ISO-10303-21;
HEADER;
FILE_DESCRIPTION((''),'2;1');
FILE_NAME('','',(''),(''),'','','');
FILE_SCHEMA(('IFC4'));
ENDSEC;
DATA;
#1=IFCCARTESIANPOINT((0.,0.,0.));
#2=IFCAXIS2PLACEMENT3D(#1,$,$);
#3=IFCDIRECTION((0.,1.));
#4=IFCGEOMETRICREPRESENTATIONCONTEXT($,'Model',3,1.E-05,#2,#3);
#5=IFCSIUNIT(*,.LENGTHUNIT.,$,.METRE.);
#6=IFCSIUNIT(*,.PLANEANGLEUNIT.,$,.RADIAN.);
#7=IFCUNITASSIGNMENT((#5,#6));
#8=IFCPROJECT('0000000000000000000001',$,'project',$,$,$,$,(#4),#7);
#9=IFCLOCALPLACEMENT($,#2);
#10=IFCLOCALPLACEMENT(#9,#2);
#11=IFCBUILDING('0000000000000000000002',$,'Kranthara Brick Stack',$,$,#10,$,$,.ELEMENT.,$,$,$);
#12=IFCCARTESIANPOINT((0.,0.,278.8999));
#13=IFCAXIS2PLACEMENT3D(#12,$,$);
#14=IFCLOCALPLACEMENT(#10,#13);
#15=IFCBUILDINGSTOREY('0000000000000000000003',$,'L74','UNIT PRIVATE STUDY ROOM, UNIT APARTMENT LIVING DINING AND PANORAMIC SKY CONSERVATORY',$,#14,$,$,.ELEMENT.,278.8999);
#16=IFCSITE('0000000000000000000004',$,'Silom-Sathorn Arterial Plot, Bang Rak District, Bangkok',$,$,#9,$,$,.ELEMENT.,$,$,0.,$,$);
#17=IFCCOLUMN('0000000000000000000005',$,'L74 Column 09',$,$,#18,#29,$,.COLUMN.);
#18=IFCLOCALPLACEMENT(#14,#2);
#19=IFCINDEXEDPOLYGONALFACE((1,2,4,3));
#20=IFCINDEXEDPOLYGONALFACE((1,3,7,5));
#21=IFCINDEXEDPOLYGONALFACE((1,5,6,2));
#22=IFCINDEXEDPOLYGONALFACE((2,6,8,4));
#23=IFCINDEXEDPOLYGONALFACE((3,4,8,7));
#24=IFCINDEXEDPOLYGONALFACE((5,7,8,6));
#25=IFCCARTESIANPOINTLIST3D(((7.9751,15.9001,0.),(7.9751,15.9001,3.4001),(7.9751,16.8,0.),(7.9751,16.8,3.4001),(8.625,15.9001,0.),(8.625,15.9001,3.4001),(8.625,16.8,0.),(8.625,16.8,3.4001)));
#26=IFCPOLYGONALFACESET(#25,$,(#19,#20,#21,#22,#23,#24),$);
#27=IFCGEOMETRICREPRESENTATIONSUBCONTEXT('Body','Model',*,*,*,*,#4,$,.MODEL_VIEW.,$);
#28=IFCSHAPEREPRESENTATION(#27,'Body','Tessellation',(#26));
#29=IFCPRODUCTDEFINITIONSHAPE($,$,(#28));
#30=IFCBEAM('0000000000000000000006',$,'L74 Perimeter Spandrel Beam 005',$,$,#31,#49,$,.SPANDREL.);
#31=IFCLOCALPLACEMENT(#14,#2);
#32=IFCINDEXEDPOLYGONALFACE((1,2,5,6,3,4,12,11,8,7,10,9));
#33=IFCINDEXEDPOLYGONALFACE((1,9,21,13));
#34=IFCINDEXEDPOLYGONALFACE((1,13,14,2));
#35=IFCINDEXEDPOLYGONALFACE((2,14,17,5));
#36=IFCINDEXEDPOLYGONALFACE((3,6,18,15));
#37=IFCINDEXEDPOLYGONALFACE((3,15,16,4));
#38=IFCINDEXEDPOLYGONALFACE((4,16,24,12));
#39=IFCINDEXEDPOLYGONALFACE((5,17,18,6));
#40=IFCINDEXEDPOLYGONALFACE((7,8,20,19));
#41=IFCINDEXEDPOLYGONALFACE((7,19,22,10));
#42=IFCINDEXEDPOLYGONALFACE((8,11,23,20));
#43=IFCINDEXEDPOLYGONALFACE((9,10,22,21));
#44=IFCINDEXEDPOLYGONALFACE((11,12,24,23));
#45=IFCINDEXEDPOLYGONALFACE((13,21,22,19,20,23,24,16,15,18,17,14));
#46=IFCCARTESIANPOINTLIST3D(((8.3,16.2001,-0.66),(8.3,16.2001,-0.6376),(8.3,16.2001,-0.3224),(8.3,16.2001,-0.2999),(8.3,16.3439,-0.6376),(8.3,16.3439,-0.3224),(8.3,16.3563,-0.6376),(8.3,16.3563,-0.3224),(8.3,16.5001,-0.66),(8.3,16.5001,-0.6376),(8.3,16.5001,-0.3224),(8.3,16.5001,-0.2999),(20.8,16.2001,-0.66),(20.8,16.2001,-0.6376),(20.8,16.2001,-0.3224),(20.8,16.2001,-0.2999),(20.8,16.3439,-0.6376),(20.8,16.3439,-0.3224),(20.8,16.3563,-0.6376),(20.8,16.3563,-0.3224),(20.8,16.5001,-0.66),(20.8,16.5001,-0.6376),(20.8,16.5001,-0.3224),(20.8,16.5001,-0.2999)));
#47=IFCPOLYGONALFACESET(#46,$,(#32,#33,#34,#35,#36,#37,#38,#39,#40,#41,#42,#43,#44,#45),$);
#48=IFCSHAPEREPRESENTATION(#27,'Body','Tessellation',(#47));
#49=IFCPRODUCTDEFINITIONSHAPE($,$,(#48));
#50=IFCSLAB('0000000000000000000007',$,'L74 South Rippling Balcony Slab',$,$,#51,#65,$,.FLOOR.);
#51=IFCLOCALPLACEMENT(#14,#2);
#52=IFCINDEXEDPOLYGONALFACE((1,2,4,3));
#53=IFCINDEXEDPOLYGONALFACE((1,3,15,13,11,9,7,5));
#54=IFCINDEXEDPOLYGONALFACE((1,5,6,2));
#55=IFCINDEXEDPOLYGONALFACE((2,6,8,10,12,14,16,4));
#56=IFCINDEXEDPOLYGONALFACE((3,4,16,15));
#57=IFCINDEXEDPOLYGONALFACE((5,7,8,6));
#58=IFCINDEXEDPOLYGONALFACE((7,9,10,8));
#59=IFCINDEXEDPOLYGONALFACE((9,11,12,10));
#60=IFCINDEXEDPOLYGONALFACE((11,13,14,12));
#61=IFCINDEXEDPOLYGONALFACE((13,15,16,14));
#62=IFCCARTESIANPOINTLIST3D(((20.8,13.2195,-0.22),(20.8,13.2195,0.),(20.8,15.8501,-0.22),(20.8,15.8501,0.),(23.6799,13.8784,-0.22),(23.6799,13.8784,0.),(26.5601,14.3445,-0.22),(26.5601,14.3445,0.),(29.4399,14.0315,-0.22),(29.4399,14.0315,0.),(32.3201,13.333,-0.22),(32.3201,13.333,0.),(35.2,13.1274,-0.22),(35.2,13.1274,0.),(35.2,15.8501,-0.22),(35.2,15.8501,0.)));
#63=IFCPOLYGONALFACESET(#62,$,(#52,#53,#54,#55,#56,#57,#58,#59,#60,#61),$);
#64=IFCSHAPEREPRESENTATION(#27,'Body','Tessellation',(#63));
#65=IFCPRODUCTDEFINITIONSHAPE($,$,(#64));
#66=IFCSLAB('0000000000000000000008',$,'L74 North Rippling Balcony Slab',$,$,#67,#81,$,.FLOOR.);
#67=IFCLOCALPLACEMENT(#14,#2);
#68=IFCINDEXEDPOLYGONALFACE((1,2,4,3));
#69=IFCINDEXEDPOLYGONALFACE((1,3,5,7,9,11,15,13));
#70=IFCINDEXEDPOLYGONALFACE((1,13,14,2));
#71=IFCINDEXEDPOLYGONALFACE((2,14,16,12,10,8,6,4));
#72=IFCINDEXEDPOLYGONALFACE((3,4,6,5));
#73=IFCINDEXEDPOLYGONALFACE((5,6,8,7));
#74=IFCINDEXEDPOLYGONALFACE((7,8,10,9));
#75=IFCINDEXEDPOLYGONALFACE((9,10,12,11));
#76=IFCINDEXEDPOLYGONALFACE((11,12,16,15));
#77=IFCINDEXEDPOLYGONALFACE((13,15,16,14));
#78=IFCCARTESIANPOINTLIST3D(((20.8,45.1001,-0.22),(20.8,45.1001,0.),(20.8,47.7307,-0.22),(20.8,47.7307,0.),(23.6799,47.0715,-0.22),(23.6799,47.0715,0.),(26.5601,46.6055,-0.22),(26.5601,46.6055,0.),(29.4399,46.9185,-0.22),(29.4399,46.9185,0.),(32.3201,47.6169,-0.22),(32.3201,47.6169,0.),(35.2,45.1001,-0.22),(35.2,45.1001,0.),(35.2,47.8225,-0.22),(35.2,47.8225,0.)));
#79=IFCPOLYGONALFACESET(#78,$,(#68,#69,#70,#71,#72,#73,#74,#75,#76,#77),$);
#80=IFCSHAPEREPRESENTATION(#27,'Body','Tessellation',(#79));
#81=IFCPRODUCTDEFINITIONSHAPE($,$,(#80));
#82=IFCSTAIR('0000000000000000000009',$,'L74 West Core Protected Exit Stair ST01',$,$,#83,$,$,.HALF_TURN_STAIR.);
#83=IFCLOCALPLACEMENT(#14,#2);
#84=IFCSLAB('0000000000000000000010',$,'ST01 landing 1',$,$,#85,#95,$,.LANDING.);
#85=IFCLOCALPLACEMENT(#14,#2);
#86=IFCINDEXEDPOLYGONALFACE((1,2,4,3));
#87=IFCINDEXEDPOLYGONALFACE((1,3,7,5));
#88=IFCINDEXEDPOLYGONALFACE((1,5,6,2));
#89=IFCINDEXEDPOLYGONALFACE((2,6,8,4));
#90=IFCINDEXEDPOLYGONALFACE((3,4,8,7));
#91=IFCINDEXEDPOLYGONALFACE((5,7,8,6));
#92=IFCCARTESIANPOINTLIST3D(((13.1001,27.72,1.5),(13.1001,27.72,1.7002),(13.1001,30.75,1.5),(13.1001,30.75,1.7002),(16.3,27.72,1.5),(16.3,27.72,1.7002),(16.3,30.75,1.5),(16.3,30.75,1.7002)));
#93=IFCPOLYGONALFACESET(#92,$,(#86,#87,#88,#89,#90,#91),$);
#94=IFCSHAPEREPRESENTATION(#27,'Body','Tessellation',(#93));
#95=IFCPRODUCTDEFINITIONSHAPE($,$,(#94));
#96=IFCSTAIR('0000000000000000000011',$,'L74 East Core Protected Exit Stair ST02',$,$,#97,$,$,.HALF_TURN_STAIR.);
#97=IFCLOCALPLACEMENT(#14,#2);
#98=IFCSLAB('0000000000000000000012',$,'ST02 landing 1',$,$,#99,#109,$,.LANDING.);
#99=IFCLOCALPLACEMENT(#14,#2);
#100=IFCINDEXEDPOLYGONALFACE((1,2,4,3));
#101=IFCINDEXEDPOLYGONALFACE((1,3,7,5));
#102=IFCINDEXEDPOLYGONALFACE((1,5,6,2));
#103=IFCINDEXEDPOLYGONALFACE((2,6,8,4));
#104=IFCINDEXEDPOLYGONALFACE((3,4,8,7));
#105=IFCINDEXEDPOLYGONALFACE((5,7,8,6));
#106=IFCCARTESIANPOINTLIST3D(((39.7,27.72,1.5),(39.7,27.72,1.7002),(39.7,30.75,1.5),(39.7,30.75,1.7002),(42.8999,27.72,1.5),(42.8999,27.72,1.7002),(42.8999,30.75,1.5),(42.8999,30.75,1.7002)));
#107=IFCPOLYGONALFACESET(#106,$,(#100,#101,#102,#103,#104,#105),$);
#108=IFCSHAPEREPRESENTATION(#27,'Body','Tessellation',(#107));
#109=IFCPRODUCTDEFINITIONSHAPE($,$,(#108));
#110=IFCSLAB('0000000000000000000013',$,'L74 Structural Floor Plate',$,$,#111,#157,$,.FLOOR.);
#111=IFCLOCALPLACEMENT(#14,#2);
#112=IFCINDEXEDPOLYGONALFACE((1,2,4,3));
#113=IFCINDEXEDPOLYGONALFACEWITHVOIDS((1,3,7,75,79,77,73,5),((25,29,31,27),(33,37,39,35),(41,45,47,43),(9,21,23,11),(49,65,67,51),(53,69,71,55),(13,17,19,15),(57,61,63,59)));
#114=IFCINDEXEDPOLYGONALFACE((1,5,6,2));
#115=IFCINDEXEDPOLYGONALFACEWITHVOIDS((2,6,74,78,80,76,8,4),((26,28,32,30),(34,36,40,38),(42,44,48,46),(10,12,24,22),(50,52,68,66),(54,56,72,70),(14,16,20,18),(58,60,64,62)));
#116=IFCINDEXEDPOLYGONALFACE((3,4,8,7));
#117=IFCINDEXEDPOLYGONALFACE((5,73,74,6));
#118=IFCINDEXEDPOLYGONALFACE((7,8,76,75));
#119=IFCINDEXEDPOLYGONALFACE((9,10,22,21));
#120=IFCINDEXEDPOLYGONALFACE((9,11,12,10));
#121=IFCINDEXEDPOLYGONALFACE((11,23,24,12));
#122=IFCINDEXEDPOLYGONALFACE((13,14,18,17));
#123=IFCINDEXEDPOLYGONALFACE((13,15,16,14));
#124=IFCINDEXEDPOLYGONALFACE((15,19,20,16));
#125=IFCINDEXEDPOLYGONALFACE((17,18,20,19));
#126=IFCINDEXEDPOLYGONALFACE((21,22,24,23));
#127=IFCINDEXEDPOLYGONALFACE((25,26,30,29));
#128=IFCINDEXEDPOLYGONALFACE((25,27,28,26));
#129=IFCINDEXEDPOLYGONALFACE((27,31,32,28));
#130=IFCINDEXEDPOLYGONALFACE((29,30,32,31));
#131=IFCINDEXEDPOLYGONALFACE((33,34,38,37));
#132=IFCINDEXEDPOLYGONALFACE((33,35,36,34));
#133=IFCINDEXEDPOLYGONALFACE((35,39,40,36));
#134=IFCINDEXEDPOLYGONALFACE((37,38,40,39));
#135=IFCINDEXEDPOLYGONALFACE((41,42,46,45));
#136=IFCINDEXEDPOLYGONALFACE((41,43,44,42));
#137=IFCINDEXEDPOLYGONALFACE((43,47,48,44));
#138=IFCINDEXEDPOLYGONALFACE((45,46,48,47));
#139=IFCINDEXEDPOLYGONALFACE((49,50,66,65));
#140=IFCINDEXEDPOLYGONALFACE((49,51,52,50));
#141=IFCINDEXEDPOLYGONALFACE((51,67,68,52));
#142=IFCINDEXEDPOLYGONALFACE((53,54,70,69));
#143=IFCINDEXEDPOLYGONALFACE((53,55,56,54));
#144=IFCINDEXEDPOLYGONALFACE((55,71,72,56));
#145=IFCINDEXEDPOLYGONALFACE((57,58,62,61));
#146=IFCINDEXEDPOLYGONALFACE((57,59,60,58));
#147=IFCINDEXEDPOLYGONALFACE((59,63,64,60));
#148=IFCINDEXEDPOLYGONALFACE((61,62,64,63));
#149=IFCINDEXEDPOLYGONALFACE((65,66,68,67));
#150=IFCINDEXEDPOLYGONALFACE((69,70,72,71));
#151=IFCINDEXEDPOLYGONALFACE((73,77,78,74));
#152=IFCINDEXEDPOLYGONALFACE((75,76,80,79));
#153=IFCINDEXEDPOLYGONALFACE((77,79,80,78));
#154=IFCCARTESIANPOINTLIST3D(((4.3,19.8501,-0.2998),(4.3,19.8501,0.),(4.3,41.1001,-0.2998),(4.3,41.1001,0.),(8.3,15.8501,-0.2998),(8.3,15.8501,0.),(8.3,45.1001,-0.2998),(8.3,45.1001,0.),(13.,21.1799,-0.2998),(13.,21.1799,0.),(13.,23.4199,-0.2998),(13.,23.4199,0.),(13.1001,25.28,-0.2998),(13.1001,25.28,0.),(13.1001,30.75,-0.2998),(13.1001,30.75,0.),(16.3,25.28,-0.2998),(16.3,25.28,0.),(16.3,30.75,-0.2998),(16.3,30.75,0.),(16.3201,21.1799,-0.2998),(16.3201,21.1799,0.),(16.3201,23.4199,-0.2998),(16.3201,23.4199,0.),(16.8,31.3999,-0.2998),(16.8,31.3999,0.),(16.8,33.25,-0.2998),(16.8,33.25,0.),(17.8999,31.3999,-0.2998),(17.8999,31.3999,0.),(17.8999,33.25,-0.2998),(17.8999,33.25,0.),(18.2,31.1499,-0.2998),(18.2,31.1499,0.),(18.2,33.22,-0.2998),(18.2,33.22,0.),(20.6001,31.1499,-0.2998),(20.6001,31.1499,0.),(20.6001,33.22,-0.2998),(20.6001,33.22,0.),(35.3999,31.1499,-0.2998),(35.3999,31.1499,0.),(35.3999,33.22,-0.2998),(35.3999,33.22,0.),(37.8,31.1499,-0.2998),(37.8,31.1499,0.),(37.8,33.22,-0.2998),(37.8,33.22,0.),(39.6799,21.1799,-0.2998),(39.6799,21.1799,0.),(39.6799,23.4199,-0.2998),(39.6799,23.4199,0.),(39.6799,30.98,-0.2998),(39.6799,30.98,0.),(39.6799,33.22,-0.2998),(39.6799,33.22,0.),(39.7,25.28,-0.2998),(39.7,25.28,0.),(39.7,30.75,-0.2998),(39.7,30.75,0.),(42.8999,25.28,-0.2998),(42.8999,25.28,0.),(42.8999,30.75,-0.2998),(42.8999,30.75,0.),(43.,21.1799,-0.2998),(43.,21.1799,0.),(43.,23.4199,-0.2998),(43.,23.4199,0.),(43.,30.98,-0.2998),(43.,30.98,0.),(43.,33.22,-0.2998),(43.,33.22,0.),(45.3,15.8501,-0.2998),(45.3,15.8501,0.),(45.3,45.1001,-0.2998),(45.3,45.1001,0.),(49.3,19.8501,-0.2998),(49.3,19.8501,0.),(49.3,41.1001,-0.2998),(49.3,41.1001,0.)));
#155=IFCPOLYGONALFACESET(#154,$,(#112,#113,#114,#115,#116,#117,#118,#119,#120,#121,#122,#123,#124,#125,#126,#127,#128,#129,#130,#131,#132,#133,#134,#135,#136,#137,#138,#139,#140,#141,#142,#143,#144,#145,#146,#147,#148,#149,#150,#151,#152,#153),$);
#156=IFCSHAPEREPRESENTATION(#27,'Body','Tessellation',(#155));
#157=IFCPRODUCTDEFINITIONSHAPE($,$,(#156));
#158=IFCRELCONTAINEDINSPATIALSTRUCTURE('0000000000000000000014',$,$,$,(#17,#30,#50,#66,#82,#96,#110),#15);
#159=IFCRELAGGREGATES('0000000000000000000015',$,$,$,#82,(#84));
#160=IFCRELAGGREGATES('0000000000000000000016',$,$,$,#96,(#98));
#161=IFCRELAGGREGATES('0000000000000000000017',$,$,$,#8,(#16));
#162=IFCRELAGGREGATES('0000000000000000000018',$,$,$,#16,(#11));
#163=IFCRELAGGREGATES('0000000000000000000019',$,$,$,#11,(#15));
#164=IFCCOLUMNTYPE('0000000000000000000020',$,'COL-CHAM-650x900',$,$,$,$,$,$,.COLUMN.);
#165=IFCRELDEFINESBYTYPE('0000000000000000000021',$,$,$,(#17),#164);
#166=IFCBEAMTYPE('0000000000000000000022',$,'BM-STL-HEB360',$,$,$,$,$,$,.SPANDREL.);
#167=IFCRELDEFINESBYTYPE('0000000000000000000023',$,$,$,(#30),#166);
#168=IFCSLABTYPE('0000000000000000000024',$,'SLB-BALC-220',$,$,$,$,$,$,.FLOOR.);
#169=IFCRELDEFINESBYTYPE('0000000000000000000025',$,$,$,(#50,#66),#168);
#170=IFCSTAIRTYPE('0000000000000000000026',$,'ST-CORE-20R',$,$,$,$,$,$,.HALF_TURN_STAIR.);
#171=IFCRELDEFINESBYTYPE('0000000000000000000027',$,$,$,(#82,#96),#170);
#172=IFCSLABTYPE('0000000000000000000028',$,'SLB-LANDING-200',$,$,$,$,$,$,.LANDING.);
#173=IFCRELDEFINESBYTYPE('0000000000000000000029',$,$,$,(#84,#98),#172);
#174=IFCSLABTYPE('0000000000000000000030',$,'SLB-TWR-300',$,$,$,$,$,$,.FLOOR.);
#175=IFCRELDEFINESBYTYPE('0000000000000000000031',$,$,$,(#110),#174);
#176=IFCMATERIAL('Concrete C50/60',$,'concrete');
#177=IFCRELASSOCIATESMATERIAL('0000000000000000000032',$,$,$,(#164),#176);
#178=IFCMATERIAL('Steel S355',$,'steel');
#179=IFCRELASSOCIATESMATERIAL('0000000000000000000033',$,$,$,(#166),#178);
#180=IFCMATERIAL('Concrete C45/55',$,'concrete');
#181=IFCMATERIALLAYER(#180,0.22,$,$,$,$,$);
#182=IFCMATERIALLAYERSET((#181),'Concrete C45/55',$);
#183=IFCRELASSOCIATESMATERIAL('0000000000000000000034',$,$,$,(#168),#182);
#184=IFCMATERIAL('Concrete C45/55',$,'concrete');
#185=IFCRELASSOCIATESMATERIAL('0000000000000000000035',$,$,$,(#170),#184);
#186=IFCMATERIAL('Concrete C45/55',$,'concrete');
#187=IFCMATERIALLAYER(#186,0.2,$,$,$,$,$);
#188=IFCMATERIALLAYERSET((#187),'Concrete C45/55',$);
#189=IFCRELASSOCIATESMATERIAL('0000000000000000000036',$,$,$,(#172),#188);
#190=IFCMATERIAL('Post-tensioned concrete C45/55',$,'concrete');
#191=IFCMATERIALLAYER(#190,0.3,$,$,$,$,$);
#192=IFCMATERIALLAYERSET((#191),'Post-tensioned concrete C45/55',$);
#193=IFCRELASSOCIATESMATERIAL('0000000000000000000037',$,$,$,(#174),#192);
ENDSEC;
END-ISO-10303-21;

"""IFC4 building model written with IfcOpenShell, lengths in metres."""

from ifc_helpers import new_model, si_unit, direction, frame, origin, origin_2d, place, context, subcontext, project, spatial, polyline, rectangle, i_section, outline, extrude, material, layer, layer_set, material_profile, profile_set, type_object, element, aggregate, save


model = new_model("IFC4")

# Units and contexts
model_context = context("Model", 3, precision=1e-05, world=origin(), true_north=direction((0.0, 1.0)))
body_context = subcontext(model_context, "Body", "Model", "MODEL_VIEW")
ifc_project = project(units=[si_unit("LENGTHUNIT", "METRE"), si_unit("PLANEANGLEUNIT", "RADIAN")], contexts=[model_context])

# Site, building, storey
site_placement = place(None, origin())
site = spatial("IfcSite", under=ifc_project, at=site_placement, Name="Silom-Sathorn Arterial Plot, Bang Rak District, Bangkok", CompositionType="ELEMENT", RefElevation=0.0)
building_placement = place(site_placement, origin())
building = spatial("IfcBuilding", under=site, at=building_placement, Name="Kranthara Brick Stack", CompositionType="ELEMENT")
storey_placement = place(building_placement, frame((0.0, 0.0, 278.8999)))
storey = spatial("IfcBuildingStorey", under=building, at=storey_placement, Name="L74", Description="UNIT PRIVATE STUDY ROOM, UNIT APARTMENT LIVING DINING AND PANORAMIC SKY CONSERVATORY", CompositionType="ELEMENT", Elevation=278.8999)

# Column
ifc_material_1 = material(Name="Concrete C50/60", Category="concrete")
ifc_material_profile_1 = material_profile(ifc_material_1, rectangle(XDim=0.6499, YDim=0.8999, at=origin_2d()), Name="RC 650x900")
ifc_profile_set_1 = profile_set([ifc_material_profile_1], Name="Concrete C50/60")
column_type = type_object("IfcColumnType", Name="COL-CHAM-650x900", PredefinedType="COLUMN", material=ifc_profile_set_1)
column_placement = place(storey_placement, frame((8.3, 16.3501, 0.0), z_axis=(0.0, 0.0, 1.0), x_axis=(1.0, 0.0, 0.0)))
element("IfcColumn", 1, at=column_placement, inside=storey, type_object=column_type, Name="L74 Column 09", PredefinedType="COLUMN", context=body_context, shape_type="SweptSolid", body=[
    extrude(rectangle(XDim=0.6499, YDim=0.8999, at=origin_2d()), origin(), (0.0, 0.0, 1.0), 3.4001),
])

# Beam
ifc_material_2 = material(Name="Steel S355", Category="steel")
ifc_material_profile_2 = material_profile(ifc_material_2, i_section(OverallWidth=0.3, OverallDepth=0.3601, WebThickness=0.0125, FlangeThickness=0.0225, at=origin_2d()), Name="HEB 360")
ifc_profile_set_2 = profile_set([ifc_material_profile_2], Name="Steel S355")
beam_type = type_object("IfcBeamType", Name="BM-STL-HEB360", PredefinedType="SPANDREL", material=ifc_profile_set_2)
beam_placement = place(storey_placement, frame((8.3, 16.3501, -0.48), z_axis=(1.0, 0.0, 0.0), x_axis=(0.0, 1.0, 0.0)))
element("IfcBeam", 2, at=beam_placement, inside=storey, type_object=beam_type, Name="L74 Perimeter Spandrel Beam 005", PredefinedType="SPANDREL", context=body_context, shape_type="SweptSolid", body=[
    extrude(i_section(OverallWidth=0.3, OverallDepth=0.3601, WebThickness=0.0125, FlangeThickness=0.0225, at=origin_2d()), origin(), (0.0, 0.0, 1.0), 12.5),
])

# Slabs
ifc_material_3 = material(Name="Concrete C45/55", Category="concrete")
ifc_layer_1 = layer(ifc_material_3, 0.22)
ifc_layer_set_1 = layer_set([ifc_layer_1], Name="Concrete C45/55")
slab_type_1 = type_object("IfcSlabType", Name="SLB-BALC-220", PredefinedType="FLOOR", material=ifc_layer_set_1)
slab_1_placement = place(storey_placement, frame((0.0, 0.0, -0.22)))
element("IfcSlab", 3, at=slab_1_placement, inside=storey, type_object=slab_type_1, Name="L74 South Rippling Balcony Slab", PredefinedType="FLOOR", context=body_context, shape_type="SweptSolid", body=[
    extrude(outline(polyline([(20.8, 15.8501), (35.2, 15.8501), (35.2, 13.1274), (32.3201, 13.333), (29.4399, 14.0315), (26.5601, 14.3445), (23.6799, 13.8784), (20.8, 13.2195), (20.8, 15.8501)])), origin(), (0.0, 0.0, 1.0), 0.22),
])
slab_2_placement = place(storey_placement, frame((0.0, 0.0, -0.22)))
element("IfcSlab", 4, at=slab_2_placement, inside=storey, type_object=slab_type_1, Name="L74 North Rippling Balcony Slab", PredefinedType="FLOOR", context=body_context, shape_type="SweptSolid", body=[
    extrude(outline(polyline([(35.2, 45.1001), (20.8, 45.1001), (20.8, 47.7307), (23.6799, 47.0715), (26.5601, 46.6055), (29.4399, 46.9185), (32.3201, 47.6169), (35.2, 47.8225), (35.2, 45.1001)])), origin(), (0.0, 0.0, 1.0), 0.22),
])

# Stairs, slabs
ifc_material_4 = material(Name="Concrete C45/55", Category="concrete")
stair_type = type_object("IfcStairType", Name="ST-CORE-20R", PredefinedType="HALF_TURN_STAIR", material=ifc_material_4)
stair_1_placement = place(storey_placement, origin())
stair_1 = element("IfcStair", 5, at=stair_1_placement, inside=storey, type_object=stair_type, Name="L74 West Core Protected Exit Stair ST01", PredefinedType="HALF_TURN_STAIR")
ifc_material_5 = material(Name="Concrete C45/55", Category="concrete")
ifc_layer_2 = layer(ifc_material_5, 0.2)
ifc_layer_set_2 = layer_set([ifc_layer_2], Name="Concrete C45/55")
slab_type_2 = type_object("IfcSlabType", Name="SLB-LANDING-200", PredefinedType="LANDING", material=ifc_layer_set_2)
slab_3_placement = place(storey_placement, frame((0.0, 0.0, 1.5)))
slab_3 = element("IfcSlab", 6, at=slab_3_placement, type_object=slab_type_2, Name="ST01 landing 1", PredefinedType="LANDING", context=body_context, shape_type="SweptSolid", body=[
    extrude(outline(polyline([(16.3, 27.72), (16.3, 30.75), (13.1001, 30.75), (13.1001, 27.72), (16.3, 27.72)])), origin(), (0.0, 0.0, 1.0), 0.2002),
])
aggregate(stair_1, [slab_3])
stair_2_placement = place(storey_placement, origin())
stair_2 = element("IfcStair", 7, at=stair_2_placement, inside=storey, type_object=stair_type, Name="L74 East Core Protected Exit Stair ST02", PredefinedType="HALF_TURN_STAIR")
slab_4_placement = place(storey_placement, frame((0.0, 0.0, 1.5)))
slab_4 = element("IfcSlab", 8, at=slab_4_placement, type_object=slab_type_2, Name="ST02 landing 1", PredefinedType="LANDING", context=body_context, shape_type="SweptSolid", body=[
    extrude(outline(polyline([(42.8999, 27.72), (42.8999, 30.75), (39.7, 30.75), (39.7, 27.72), (42.8999, 27.72)])), origin(), (0.0, 0.0, 1.0), 0.2002),
])
aggregate(stair_2, [slab_4])

# Slab
ifc_material_6 = material(Name="Post-tensioned concrete C45/55", Category="concrete")
ifc_layer_3 = layer(ifc_material_6, 0.3)
ifc_layer_set_3 = layer_set([ifc_layer_3], Name="Post-tensioned concrete C45/55")
slab_type_3 = type_object("IfcSlabType", Name="SLB-TWR-300", PredefinedType="FLOOR", material=ifc_layer_set_3)
slab_5_placement = place(storey_placement, frame((0.0, 0.0, -0.2998)))
element("IfcSlab", 9, at=slab_5_placement, inside=storey, type_object=slab_type_3, Name="L74 Structural Floor Plate", PredefinedType="FLOOR", context=body_context, shape_type="SweptSolid", body=[
    extrude(outline(polyline([(8.3, 15.8501), (45.3, 15.8501), (49.3, 19.8501), (49.3, 41.1001), (45.3, 45.1001), (8.3, 45.1001), (4.3, 41.1001), (4.3, 19.8501), (8.3, 15.8501)]), holes=[polyline([(13.1001, 25.28), (16.3, 25.28), (16.3, 30.75), (13.1001, 30.75), (13.1001, 25.28)]), polyline([(39.7, 25.28), (42.8999, 25.28), (42.8999, 30.75), (39.7, 30.75), (39.7, 25.28)]), polyline([(13.0, 21.1799), (16.3201, 21.1799), (16.3201, 23.4199), (13.0, 23.4199), (13.0, 21.1799)]), polyline([(39.6799, 21.1799), (43.0, 21.1799), (43.0, 23.4199), (39.6799, 23.4199), (39.6799, 21.1799)]), polyline([(39.6799, 30.98), (43.0, 30.98), (43.0, 33.22), (39.6799, 33.22), (39.6799, 30.98)]), polyline([(18.2, 31.1499), (20.6001, 31.1499), (20.6001, 33.22), (18.2, 33.22), (18.2, 31.1499)]), polyline([(35.3999, 31.1499), (37.8, 31.1499), (37.8, 33.22), (35.3999, 33.22), (35.3999, 31.1499)]), polyline([(16.8, 31.3999), (17.8999, 31.3999), (17.8999, 33.25), (16.8, 33.25), (16.8, 31.3999)])]), origin(), (0.0, 0.0, 1.0), 0.2998),
])

save(model, "model.ifc")
